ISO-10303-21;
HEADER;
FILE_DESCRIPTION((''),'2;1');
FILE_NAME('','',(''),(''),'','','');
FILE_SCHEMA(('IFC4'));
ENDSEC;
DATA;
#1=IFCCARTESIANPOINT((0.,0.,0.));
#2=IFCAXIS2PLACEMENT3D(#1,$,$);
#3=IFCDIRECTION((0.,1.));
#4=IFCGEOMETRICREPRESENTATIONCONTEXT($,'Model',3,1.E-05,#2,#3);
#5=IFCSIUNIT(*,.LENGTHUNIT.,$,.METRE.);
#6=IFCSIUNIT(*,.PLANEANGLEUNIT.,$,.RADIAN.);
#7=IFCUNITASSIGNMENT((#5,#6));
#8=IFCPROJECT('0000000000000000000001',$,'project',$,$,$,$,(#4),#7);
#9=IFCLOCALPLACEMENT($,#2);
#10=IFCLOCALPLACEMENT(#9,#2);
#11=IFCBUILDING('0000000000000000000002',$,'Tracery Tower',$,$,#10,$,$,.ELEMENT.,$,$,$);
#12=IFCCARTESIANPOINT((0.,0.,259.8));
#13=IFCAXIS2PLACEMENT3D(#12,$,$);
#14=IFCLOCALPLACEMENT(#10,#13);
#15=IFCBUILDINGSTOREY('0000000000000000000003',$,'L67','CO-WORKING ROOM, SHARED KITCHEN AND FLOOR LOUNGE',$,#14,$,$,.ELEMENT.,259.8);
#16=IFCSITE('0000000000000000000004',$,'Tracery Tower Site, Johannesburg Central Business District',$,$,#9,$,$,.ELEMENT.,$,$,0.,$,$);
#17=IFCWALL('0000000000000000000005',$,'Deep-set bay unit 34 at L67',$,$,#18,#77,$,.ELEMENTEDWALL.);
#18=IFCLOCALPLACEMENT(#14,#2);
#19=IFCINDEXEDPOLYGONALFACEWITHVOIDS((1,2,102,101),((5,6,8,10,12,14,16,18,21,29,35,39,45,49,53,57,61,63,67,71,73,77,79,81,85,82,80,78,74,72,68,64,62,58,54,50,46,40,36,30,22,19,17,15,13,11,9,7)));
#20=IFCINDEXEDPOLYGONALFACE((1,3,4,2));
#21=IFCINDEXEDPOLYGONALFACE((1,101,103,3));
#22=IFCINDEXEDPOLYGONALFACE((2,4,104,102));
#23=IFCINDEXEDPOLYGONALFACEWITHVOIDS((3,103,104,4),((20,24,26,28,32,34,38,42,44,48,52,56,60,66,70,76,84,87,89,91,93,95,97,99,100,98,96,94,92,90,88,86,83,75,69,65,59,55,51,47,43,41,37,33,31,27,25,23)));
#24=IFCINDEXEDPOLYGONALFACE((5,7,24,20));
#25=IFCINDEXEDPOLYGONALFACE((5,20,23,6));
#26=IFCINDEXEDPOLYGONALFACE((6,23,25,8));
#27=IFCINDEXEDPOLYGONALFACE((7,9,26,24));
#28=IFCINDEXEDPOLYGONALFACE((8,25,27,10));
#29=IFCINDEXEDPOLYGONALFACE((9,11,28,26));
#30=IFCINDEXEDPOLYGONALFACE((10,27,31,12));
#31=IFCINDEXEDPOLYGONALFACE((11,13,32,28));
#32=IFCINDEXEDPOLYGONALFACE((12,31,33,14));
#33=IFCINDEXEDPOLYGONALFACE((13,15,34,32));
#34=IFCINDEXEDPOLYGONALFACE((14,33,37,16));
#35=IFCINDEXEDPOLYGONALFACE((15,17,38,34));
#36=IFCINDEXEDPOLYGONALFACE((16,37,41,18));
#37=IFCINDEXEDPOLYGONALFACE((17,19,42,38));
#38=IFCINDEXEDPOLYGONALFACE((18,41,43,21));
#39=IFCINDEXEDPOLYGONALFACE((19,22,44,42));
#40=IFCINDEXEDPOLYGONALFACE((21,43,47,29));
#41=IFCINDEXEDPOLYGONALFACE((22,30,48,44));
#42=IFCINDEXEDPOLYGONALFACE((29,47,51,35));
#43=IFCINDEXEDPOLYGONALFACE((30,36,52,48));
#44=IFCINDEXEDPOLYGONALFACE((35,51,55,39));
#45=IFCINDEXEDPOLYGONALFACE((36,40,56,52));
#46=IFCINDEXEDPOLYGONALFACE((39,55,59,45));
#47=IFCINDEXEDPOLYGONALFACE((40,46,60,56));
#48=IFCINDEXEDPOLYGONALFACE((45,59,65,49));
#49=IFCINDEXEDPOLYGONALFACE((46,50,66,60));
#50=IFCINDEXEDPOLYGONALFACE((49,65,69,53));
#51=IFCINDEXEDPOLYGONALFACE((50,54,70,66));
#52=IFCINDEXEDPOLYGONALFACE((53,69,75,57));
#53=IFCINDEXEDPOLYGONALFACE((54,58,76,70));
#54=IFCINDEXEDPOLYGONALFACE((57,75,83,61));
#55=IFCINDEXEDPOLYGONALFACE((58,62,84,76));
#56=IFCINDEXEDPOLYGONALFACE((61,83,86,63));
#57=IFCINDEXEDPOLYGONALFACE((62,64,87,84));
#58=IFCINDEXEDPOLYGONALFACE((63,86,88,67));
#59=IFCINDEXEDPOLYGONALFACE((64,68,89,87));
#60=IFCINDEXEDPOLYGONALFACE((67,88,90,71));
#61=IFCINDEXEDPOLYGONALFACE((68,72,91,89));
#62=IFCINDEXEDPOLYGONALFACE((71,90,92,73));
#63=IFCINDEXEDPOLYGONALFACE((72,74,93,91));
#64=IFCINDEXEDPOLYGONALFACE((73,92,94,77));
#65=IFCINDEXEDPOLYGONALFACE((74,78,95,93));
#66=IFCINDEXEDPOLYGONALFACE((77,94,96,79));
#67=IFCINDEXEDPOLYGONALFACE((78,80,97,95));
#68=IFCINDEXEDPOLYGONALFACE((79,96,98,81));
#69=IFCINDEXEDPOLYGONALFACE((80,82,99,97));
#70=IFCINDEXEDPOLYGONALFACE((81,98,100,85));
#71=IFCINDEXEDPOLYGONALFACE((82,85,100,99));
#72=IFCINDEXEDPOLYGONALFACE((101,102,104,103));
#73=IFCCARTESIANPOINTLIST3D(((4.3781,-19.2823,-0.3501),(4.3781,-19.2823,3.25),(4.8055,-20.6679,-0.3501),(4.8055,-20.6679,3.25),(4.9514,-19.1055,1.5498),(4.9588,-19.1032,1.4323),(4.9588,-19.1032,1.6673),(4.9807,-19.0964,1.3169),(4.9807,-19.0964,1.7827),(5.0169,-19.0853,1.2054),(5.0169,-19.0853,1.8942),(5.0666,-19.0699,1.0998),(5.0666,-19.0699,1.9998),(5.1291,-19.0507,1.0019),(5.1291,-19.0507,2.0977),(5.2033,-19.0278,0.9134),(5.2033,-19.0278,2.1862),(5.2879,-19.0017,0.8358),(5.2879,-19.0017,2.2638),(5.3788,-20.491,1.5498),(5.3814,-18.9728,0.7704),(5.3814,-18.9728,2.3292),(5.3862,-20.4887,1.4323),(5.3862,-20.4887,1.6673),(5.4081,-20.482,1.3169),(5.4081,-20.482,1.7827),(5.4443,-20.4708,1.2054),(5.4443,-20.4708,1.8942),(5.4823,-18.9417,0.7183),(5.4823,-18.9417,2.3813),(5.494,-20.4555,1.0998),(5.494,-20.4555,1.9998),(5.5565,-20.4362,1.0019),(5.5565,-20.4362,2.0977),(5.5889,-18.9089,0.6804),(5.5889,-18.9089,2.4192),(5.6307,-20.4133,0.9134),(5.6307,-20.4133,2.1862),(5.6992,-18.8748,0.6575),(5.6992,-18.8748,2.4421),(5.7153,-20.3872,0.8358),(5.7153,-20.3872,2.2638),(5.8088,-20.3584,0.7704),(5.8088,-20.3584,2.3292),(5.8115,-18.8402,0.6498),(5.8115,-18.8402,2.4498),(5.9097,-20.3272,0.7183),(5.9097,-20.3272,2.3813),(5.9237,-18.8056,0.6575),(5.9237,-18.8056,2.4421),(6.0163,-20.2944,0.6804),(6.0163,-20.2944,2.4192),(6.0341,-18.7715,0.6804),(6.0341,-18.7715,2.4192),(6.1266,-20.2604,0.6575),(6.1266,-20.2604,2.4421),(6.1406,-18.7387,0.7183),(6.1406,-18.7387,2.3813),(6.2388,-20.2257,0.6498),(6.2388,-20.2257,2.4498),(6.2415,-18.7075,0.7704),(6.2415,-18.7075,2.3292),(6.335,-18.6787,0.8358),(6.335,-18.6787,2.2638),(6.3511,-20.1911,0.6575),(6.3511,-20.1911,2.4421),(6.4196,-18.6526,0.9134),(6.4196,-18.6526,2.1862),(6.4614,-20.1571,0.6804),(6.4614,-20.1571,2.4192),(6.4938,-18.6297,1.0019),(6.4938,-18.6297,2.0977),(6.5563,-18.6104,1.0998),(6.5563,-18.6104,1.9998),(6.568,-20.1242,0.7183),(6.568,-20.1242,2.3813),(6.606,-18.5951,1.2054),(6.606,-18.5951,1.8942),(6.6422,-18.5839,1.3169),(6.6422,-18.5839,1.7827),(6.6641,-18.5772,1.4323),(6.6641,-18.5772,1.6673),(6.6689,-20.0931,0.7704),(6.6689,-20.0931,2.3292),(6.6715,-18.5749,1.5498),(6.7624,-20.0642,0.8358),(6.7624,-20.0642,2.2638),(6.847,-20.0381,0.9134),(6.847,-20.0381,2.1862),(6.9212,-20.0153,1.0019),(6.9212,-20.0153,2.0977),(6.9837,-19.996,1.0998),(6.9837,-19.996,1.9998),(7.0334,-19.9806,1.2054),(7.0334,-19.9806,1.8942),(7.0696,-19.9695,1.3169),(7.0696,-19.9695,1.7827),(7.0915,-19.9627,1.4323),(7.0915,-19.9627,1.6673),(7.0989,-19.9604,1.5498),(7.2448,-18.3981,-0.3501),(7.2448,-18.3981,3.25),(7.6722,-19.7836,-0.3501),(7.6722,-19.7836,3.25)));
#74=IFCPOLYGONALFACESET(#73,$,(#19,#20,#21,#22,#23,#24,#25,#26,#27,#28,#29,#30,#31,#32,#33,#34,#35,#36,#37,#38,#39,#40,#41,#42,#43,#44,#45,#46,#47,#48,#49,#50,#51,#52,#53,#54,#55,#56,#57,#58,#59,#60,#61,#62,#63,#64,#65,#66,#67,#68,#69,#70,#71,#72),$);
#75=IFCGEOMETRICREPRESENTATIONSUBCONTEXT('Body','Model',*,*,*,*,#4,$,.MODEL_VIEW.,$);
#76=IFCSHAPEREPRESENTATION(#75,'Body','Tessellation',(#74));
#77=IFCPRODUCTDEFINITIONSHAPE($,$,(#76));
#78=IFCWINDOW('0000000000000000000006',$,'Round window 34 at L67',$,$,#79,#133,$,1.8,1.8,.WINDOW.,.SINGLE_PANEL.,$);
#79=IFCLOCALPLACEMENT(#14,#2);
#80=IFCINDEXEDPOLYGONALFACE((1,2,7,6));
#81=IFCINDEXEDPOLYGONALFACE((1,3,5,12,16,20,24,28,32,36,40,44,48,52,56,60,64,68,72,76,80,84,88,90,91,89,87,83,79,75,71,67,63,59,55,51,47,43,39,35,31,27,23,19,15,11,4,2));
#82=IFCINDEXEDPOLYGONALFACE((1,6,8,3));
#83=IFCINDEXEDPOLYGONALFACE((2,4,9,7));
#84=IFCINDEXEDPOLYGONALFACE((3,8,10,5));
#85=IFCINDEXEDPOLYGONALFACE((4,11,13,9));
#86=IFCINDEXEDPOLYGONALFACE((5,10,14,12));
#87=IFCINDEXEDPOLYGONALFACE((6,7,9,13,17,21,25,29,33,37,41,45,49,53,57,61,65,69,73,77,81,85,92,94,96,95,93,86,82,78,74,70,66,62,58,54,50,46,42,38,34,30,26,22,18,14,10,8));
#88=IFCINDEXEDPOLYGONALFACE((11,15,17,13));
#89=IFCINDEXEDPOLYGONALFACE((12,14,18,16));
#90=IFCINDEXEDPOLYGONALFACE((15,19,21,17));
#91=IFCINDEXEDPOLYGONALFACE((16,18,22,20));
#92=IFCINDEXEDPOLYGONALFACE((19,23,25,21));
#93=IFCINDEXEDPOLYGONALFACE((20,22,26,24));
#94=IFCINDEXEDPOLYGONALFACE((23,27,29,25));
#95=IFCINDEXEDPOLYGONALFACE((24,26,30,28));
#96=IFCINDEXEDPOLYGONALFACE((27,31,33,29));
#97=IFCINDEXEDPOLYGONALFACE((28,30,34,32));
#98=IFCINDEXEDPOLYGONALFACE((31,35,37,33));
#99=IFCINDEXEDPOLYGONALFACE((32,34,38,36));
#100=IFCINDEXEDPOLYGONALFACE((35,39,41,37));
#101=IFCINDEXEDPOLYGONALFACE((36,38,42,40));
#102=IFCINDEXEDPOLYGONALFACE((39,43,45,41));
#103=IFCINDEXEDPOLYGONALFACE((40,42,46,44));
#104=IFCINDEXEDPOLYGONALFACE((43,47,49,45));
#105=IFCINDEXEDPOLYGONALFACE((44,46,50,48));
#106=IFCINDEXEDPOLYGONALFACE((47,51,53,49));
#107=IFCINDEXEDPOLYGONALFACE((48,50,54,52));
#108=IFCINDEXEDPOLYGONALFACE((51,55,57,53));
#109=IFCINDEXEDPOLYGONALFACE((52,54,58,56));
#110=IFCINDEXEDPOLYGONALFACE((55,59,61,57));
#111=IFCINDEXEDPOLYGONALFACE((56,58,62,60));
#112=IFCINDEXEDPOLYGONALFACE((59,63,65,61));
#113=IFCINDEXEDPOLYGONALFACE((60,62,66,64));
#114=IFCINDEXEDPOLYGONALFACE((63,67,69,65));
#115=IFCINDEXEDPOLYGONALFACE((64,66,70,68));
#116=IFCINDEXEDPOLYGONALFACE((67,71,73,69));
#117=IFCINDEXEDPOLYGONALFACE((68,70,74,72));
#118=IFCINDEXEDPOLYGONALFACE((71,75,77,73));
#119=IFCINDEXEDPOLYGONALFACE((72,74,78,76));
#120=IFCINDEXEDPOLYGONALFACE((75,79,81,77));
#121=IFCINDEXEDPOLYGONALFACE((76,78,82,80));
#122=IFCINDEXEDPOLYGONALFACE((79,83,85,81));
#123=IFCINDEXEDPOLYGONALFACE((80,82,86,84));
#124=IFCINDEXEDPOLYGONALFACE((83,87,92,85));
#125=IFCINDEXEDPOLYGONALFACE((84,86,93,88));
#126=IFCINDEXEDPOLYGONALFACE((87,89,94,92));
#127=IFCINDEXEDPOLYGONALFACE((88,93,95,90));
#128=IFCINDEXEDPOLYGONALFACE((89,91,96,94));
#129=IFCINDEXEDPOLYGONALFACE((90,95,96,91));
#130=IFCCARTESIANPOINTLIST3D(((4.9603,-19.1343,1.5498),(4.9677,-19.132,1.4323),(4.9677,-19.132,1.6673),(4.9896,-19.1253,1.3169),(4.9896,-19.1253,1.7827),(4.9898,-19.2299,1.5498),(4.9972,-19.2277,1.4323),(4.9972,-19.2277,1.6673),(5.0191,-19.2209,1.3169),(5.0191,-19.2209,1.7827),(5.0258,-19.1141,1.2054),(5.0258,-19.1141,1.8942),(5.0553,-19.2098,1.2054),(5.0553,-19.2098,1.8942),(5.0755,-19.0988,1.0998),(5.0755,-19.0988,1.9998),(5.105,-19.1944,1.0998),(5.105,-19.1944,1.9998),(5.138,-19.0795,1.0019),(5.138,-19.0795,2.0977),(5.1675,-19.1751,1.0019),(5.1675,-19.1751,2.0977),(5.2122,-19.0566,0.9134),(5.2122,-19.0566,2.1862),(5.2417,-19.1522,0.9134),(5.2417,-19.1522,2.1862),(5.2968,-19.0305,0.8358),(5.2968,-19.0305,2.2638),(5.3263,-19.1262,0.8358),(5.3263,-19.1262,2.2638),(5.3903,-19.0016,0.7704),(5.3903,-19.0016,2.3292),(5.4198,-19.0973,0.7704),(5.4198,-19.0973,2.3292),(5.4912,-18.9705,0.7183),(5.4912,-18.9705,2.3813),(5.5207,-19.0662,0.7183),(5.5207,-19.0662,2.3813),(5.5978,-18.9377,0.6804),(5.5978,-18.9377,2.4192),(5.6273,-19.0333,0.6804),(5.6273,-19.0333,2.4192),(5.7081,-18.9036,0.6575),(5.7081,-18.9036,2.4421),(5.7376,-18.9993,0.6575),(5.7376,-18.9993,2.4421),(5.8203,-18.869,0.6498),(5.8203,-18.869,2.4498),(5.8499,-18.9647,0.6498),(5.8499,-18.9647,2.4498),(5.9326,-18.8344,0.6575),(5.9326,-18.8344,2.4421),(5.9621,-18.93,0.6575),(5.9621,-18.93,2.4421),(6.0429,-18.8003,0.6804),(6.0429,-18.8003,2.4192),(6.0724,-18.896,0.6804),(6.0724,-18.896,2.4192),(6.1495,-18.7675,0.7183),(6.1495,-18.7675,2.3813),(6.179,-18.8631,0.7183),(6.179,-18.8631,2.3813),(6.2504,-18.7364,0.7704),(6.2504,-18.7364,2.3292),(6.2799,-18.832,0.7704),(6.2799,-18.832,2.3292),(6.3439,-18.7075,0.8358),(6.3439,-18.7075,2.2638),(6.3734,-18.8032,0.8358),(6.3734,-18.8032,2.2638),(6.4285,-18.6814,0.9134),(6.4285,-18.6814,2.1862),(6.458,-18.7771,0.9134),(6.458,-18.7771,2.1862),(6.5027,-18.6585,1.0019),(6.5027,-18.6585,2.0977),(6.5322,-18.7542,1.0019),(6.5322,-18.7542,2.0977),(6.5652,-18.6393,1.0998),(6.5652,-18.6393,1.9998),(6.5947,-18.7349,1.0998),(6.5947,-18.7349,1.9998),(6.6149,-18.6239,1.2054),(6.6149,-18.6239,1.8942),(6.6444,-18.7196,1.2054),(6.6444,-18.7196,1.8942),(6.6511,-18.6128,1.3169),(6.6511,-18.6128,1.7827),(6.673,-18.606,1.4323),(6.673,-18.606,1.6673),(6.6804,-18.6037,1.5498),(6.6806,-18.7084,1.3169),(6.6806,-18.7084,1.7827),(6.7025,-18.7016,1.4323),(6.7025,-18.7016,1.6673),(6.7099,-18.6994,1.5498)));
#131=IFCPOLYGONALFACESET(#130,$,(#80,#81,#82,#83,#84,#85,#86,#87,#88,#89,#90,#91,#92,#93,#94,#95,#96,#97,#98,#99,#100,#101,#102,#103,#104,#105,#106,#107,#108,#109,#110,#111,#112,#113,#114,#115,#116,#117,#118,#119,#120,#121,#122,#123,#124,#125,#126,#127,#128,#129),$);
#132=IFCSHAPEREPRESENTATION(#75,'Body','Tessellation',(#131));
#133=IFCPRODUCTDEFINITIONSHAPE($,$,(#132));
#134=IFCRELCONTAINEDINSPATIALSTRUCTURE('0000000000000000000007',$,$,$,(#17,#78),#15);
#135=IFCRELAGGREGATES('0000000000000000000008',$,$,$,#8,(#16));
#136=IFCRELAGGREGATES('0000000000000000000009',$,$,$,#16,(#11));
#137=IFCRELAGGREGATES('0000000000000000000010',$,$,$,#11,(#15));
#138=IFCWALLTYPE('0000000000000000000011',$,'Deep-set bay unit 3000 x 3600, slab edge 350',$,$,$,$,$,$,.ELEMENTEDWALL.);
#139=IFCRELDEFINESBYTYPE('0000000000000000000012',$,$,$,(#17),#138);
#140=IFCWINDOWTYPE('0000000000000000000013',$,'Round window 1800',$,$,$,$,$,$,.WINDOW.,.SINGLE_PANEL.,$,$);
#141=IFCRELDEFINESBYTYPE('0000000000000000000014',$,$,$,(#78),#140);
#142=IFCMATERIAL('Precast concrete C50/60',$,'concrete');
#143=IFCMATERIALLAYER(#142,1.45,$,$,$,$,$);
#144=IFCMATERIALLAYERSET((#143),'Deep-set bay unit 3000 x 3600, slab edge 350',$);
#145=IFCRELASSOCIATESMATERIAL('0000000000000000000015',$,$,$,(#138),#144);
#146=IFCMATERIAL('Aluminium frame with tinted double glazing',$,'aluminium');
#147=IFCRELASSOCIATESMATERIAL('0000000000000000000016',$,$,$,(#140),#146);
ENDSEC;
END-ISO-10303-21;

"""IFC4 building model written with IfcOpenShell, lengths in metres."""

from ifc_helpers import new_model, si_unit, direction, frame, frame_2d, origin, origin_2d, place, context, subcontext, project, spatial, rectangle, circle, extrude, material, layer, layer_set, type_object, element, fill, save


model = new_model("IFC4")

# Units and contexts
model_context = context("Model", 3, precision=1e-05, world=origin(), true_north=direction((0.0, 1.0)))
body_context = subcontext(model_context, "Body", "Model", "MODEL_VIEW")
ifc_project = project(units=[si_unit("LENGTHUNIT", "METRE"), si_unit("PLANEANGLEUNIT", "RADIAN")], contexts=[model_context])

# Site, building, storey
site_placement = place(None, origin())
site = spatial("IfcSite", under=ifc_project, at=site_placement, Name="Tracery Tower Site, Johannesburg Central Business District", CompositionType="ELEMENT", RefElevation=0.0)
building_placement = place(site_placement, origin())
building = spatial("IfcBuilding", under=site, at=building_placement, Name="Tracery Tower", CompositionType="ELEMENT")
storey_placement = place(building_placement, frame((0.0, 0.0, 259.8)))
storey = spatial("IfcBuildingStorey", under=building, at=storey_placement, Name="L67", Description="CO-WORKING ROOM, SHARED KITCHEN AND FLOOR LOUNGE", CompositionType="ELEMENT", Elevation=259.8)

# Wall, opening, window
ifc_material_1 = material(Name="Precast concrete C50/60", Category="concrete")
ifc_layer_1 = layer(ifc_material_1, 1.45)
ifc_layer_set_1 = layer_set([ifc_layer_1], Name="Deep-set bay unit 3000 x 3600, slab edge 350")
wall_type_1 = type_object("IfcWallType", Name="Deep-set bay unit 3000 x 3600, slab edge 350", PredefinedType="ELEMENTEDWALL", material=ifc_layer_set_1)
wall_1_placement = place(storey_placement, frame((4.5918, -19.9751, -0.3501), z_axis=(0.0, 0.0, 1.0), x_axis=(0.955571, 0.294761, 0.0)))
wall_1 = element("IfcWall", 1, at=wall_1_placement, inside=storey, type_object=wall_type_1, Name="Deep-set bay unit 34 at L67", PredefinedType="ELEMENTEDWALL", context=body_context, shape_type="SweptSolid", body=[
    extrude(rectangle(XDim=3.0, YDim=1.45, at=frame_2d((1.5, 0.0))), origin(), (0.0, 0.0, 1.0), 3.6001),
])
opening_1_placement = place(wall_1_placement, frame((1.5, 0.0, 1.8999)))
opening_1 = element("IfcOpeningElement", 2, at=opening_1_placement, cuts=wall_1, PredefinedType="OPENING", context=body_context, shape_type="SweptSolid", body=[
    extrude(circle(Radius=0.9, at=origin_2d()), frame((0.0, 0.7349, 0.0), z_axis=(0.0, -1.0, 0.0), x_axis=(1.0, 0.0, 0.0)), (0.0, 0.0, 1.0), 1.47),
])
ifc_material_2 = material(Name="Aluminium frame with tinted double glazing", Category="aluminium")
window_type = type_object("IfcWindowType", Name="Round window 1800", PartitioningType="SINGLE_PANEL", PredefinedType="WINDOW", material=ifc_material_2)
window_1_placement = place(opening_1_placement, origin())
window_1 = element("IfcWindow", 3, at=window_1_placement, inside=storey, type_object=window_type, Name="Round window 34 at L67", OverallHeight=1.8, OverallWidth=1.8, PartitioningType="SINGLE_PANEL", PredefinedType="WINDOW", context=body_context, shape_type="SweptSolid", body=[
    extrude(circle(Radius=0.9, at=origin_2d()), frame((0.0, 0.6948, 0.0), z_axis=(0.0, -1.0, 0.0), x_axis=(1.0, 0.0, 0.0)), (0.0, 0.0, 1.0), 0.1001),
])
fill(opening_1, window_1)

save(model, "model.ifc")
